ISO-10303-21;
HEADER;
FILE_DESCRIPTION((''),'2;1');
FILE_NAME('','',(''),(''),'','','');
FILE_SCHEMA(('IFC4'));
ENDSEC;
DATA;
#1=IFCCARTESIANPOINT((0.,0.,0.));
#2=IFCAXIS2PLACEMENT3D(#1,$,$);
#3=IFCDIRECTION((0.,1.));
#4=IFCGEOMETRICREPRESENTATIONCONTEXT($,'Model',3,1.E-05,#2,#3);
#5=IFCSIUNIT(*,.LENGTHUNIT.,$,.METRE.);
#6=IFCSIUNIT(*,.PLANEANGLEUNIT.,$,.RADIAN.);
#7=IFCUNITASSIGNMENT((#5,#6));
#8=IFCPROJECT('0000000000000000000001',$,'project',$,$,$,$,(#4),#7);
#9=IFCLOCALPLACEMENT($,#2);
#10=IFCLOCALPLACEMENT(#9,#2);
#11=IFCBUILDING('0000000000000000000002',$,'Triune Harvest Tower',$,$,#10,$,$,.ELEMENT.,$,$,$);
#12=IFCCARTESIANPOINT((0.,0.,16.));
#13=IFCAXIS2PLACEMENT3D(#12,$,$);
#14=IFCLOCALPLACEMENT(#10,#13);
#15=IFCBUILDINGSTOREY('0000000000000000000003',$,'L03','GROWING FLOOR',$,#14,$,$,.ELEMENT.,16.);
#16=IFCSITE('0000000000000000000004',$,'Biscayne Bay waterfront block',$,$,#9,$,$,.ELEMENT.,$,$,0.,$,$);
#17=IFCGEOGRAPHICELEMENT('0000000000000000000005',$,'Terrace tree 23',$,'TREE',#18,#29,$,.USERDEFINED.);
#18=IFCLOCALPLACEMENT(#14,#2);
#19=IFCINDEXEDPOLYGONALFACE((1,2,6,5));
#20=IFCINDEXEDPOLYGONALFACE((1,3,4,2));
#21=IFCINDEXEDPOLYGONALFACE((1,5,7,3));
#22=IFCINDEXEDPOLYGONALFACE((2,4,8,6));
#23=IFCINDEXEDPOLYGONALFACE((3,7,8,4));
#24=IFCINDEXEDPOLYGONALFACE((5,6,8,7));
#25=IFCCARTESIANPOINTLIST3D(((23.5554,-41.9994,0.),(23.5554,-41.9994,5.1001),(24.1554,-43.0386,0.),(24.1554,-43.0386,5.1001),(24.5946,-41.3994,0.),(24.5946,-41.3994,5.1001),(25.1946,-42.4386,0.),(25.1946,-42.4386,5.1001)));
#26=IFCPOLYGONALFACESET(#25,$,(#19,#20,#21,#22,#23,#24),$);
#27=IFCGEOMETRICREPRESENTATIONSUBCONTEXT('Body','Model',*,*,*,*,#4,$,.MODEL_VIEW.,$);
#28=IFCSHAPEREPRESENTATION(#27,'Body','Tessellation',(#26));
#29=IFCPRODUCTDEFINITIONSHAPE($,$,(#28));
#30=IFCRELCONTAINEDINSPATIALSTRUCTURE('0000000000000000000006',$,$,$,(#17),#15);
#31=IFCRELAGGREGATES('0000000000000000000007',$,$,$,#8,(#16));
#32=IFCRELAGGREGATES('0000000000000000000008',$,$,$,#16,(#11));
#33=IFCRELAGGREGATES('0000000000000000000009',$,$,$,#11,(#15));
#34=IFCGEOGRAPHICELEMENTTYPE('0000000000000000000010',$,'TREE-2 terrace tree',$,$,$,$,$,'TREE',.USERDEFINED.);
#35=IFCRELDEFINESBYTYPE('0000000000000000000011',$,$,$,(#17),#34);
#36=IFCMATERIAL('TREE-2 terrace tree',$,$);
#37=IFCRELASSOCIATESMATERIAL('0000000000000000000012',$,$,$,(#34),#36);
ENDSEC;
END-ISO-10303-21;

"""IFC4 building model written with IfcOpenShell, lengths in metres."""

from ifc_helpers import new_model, si_unit, direction, frame, origin, origin_2d, place, context, subcontext, project, spatial, rectangle, extrude, source, transform, mapped, material, type_object, element, save


model = new_model("IFC4")

# Units and contexts
model_context = context("Model", 3, precision=1e-05, world=origin(), true_north=direction((0.0, 1.0)))
body_context = subcontext(model_context, "Body", "Model", "MODEL_VIEW")
ifc_project = project(units=[si_unit("LENGTHUNIT", "METRE"), si_unit("PLANEANGLEUNIT", "RADIAN")], contexts=[model_context])

# Site, building, storey
site_placement = place(None, origin())
site = spatial("IfcSite", under=ifc_project, at=site_placement, Name="Biscayne Bay waterfront block", CompositionType="ELEMENT", RefElevation=0.0)
building_placement = place(site_placement, origin())
building = spatial("IfcBuilding", under=site, at=building_placement, Name="Triune Harvest Tower", CompositionType="ELEMENT")
storey_placement = place(building_placement, frame((0.0, 0.0, 16.0)))
storey = spatial("IfcBuildingStorey", under=building, at=storey_placement, Name="L03", Description="GROWING FLOOR", CompositionType="ELEMENT", Elevation=16.0)

# Geographic element
ifc_material_1 = material(Name="TREE-2 terrace tree")
geographic_element_type = type_object("IfcGeographicElementType", Name="TREE-2 terrace tree", ElementType="TREE", PredefinedType="USERDEFINED", material=ifc_material_1)
shared_shape_1 = source(origin(), body_context, "Body", "SweptSolid", [
    extrude(rectangle(XDim=1.2, YDim=1.2, at=origin_2d()), origin(), (0.0, 0.0, 1.0), 5.1001),
])
for number, where, z_axis, x_axis, name in (
    (1, (24.375, -42.219, 0.0), (0.0, 0.0, 1.0), (0.866027, 0.499997, 0.0), "Terrace tree 23"),
):
    element("IfcGeographicElement", number, at=place(storey_placement, frame(where, z_axis=z_axis, x_axis=x_axis)), inside=storey, type_object=geographic_element_type, Name=name, ObjectType="TREE", PredefinedType="USERDEFINED", context=body_context, shape_type="MappedRepresentation", body=[
        mapped(shared_shape_1, transform((0.0, 0.0, 0.0), scale=1.0)),
    ])

save(model, "model.ifc")
